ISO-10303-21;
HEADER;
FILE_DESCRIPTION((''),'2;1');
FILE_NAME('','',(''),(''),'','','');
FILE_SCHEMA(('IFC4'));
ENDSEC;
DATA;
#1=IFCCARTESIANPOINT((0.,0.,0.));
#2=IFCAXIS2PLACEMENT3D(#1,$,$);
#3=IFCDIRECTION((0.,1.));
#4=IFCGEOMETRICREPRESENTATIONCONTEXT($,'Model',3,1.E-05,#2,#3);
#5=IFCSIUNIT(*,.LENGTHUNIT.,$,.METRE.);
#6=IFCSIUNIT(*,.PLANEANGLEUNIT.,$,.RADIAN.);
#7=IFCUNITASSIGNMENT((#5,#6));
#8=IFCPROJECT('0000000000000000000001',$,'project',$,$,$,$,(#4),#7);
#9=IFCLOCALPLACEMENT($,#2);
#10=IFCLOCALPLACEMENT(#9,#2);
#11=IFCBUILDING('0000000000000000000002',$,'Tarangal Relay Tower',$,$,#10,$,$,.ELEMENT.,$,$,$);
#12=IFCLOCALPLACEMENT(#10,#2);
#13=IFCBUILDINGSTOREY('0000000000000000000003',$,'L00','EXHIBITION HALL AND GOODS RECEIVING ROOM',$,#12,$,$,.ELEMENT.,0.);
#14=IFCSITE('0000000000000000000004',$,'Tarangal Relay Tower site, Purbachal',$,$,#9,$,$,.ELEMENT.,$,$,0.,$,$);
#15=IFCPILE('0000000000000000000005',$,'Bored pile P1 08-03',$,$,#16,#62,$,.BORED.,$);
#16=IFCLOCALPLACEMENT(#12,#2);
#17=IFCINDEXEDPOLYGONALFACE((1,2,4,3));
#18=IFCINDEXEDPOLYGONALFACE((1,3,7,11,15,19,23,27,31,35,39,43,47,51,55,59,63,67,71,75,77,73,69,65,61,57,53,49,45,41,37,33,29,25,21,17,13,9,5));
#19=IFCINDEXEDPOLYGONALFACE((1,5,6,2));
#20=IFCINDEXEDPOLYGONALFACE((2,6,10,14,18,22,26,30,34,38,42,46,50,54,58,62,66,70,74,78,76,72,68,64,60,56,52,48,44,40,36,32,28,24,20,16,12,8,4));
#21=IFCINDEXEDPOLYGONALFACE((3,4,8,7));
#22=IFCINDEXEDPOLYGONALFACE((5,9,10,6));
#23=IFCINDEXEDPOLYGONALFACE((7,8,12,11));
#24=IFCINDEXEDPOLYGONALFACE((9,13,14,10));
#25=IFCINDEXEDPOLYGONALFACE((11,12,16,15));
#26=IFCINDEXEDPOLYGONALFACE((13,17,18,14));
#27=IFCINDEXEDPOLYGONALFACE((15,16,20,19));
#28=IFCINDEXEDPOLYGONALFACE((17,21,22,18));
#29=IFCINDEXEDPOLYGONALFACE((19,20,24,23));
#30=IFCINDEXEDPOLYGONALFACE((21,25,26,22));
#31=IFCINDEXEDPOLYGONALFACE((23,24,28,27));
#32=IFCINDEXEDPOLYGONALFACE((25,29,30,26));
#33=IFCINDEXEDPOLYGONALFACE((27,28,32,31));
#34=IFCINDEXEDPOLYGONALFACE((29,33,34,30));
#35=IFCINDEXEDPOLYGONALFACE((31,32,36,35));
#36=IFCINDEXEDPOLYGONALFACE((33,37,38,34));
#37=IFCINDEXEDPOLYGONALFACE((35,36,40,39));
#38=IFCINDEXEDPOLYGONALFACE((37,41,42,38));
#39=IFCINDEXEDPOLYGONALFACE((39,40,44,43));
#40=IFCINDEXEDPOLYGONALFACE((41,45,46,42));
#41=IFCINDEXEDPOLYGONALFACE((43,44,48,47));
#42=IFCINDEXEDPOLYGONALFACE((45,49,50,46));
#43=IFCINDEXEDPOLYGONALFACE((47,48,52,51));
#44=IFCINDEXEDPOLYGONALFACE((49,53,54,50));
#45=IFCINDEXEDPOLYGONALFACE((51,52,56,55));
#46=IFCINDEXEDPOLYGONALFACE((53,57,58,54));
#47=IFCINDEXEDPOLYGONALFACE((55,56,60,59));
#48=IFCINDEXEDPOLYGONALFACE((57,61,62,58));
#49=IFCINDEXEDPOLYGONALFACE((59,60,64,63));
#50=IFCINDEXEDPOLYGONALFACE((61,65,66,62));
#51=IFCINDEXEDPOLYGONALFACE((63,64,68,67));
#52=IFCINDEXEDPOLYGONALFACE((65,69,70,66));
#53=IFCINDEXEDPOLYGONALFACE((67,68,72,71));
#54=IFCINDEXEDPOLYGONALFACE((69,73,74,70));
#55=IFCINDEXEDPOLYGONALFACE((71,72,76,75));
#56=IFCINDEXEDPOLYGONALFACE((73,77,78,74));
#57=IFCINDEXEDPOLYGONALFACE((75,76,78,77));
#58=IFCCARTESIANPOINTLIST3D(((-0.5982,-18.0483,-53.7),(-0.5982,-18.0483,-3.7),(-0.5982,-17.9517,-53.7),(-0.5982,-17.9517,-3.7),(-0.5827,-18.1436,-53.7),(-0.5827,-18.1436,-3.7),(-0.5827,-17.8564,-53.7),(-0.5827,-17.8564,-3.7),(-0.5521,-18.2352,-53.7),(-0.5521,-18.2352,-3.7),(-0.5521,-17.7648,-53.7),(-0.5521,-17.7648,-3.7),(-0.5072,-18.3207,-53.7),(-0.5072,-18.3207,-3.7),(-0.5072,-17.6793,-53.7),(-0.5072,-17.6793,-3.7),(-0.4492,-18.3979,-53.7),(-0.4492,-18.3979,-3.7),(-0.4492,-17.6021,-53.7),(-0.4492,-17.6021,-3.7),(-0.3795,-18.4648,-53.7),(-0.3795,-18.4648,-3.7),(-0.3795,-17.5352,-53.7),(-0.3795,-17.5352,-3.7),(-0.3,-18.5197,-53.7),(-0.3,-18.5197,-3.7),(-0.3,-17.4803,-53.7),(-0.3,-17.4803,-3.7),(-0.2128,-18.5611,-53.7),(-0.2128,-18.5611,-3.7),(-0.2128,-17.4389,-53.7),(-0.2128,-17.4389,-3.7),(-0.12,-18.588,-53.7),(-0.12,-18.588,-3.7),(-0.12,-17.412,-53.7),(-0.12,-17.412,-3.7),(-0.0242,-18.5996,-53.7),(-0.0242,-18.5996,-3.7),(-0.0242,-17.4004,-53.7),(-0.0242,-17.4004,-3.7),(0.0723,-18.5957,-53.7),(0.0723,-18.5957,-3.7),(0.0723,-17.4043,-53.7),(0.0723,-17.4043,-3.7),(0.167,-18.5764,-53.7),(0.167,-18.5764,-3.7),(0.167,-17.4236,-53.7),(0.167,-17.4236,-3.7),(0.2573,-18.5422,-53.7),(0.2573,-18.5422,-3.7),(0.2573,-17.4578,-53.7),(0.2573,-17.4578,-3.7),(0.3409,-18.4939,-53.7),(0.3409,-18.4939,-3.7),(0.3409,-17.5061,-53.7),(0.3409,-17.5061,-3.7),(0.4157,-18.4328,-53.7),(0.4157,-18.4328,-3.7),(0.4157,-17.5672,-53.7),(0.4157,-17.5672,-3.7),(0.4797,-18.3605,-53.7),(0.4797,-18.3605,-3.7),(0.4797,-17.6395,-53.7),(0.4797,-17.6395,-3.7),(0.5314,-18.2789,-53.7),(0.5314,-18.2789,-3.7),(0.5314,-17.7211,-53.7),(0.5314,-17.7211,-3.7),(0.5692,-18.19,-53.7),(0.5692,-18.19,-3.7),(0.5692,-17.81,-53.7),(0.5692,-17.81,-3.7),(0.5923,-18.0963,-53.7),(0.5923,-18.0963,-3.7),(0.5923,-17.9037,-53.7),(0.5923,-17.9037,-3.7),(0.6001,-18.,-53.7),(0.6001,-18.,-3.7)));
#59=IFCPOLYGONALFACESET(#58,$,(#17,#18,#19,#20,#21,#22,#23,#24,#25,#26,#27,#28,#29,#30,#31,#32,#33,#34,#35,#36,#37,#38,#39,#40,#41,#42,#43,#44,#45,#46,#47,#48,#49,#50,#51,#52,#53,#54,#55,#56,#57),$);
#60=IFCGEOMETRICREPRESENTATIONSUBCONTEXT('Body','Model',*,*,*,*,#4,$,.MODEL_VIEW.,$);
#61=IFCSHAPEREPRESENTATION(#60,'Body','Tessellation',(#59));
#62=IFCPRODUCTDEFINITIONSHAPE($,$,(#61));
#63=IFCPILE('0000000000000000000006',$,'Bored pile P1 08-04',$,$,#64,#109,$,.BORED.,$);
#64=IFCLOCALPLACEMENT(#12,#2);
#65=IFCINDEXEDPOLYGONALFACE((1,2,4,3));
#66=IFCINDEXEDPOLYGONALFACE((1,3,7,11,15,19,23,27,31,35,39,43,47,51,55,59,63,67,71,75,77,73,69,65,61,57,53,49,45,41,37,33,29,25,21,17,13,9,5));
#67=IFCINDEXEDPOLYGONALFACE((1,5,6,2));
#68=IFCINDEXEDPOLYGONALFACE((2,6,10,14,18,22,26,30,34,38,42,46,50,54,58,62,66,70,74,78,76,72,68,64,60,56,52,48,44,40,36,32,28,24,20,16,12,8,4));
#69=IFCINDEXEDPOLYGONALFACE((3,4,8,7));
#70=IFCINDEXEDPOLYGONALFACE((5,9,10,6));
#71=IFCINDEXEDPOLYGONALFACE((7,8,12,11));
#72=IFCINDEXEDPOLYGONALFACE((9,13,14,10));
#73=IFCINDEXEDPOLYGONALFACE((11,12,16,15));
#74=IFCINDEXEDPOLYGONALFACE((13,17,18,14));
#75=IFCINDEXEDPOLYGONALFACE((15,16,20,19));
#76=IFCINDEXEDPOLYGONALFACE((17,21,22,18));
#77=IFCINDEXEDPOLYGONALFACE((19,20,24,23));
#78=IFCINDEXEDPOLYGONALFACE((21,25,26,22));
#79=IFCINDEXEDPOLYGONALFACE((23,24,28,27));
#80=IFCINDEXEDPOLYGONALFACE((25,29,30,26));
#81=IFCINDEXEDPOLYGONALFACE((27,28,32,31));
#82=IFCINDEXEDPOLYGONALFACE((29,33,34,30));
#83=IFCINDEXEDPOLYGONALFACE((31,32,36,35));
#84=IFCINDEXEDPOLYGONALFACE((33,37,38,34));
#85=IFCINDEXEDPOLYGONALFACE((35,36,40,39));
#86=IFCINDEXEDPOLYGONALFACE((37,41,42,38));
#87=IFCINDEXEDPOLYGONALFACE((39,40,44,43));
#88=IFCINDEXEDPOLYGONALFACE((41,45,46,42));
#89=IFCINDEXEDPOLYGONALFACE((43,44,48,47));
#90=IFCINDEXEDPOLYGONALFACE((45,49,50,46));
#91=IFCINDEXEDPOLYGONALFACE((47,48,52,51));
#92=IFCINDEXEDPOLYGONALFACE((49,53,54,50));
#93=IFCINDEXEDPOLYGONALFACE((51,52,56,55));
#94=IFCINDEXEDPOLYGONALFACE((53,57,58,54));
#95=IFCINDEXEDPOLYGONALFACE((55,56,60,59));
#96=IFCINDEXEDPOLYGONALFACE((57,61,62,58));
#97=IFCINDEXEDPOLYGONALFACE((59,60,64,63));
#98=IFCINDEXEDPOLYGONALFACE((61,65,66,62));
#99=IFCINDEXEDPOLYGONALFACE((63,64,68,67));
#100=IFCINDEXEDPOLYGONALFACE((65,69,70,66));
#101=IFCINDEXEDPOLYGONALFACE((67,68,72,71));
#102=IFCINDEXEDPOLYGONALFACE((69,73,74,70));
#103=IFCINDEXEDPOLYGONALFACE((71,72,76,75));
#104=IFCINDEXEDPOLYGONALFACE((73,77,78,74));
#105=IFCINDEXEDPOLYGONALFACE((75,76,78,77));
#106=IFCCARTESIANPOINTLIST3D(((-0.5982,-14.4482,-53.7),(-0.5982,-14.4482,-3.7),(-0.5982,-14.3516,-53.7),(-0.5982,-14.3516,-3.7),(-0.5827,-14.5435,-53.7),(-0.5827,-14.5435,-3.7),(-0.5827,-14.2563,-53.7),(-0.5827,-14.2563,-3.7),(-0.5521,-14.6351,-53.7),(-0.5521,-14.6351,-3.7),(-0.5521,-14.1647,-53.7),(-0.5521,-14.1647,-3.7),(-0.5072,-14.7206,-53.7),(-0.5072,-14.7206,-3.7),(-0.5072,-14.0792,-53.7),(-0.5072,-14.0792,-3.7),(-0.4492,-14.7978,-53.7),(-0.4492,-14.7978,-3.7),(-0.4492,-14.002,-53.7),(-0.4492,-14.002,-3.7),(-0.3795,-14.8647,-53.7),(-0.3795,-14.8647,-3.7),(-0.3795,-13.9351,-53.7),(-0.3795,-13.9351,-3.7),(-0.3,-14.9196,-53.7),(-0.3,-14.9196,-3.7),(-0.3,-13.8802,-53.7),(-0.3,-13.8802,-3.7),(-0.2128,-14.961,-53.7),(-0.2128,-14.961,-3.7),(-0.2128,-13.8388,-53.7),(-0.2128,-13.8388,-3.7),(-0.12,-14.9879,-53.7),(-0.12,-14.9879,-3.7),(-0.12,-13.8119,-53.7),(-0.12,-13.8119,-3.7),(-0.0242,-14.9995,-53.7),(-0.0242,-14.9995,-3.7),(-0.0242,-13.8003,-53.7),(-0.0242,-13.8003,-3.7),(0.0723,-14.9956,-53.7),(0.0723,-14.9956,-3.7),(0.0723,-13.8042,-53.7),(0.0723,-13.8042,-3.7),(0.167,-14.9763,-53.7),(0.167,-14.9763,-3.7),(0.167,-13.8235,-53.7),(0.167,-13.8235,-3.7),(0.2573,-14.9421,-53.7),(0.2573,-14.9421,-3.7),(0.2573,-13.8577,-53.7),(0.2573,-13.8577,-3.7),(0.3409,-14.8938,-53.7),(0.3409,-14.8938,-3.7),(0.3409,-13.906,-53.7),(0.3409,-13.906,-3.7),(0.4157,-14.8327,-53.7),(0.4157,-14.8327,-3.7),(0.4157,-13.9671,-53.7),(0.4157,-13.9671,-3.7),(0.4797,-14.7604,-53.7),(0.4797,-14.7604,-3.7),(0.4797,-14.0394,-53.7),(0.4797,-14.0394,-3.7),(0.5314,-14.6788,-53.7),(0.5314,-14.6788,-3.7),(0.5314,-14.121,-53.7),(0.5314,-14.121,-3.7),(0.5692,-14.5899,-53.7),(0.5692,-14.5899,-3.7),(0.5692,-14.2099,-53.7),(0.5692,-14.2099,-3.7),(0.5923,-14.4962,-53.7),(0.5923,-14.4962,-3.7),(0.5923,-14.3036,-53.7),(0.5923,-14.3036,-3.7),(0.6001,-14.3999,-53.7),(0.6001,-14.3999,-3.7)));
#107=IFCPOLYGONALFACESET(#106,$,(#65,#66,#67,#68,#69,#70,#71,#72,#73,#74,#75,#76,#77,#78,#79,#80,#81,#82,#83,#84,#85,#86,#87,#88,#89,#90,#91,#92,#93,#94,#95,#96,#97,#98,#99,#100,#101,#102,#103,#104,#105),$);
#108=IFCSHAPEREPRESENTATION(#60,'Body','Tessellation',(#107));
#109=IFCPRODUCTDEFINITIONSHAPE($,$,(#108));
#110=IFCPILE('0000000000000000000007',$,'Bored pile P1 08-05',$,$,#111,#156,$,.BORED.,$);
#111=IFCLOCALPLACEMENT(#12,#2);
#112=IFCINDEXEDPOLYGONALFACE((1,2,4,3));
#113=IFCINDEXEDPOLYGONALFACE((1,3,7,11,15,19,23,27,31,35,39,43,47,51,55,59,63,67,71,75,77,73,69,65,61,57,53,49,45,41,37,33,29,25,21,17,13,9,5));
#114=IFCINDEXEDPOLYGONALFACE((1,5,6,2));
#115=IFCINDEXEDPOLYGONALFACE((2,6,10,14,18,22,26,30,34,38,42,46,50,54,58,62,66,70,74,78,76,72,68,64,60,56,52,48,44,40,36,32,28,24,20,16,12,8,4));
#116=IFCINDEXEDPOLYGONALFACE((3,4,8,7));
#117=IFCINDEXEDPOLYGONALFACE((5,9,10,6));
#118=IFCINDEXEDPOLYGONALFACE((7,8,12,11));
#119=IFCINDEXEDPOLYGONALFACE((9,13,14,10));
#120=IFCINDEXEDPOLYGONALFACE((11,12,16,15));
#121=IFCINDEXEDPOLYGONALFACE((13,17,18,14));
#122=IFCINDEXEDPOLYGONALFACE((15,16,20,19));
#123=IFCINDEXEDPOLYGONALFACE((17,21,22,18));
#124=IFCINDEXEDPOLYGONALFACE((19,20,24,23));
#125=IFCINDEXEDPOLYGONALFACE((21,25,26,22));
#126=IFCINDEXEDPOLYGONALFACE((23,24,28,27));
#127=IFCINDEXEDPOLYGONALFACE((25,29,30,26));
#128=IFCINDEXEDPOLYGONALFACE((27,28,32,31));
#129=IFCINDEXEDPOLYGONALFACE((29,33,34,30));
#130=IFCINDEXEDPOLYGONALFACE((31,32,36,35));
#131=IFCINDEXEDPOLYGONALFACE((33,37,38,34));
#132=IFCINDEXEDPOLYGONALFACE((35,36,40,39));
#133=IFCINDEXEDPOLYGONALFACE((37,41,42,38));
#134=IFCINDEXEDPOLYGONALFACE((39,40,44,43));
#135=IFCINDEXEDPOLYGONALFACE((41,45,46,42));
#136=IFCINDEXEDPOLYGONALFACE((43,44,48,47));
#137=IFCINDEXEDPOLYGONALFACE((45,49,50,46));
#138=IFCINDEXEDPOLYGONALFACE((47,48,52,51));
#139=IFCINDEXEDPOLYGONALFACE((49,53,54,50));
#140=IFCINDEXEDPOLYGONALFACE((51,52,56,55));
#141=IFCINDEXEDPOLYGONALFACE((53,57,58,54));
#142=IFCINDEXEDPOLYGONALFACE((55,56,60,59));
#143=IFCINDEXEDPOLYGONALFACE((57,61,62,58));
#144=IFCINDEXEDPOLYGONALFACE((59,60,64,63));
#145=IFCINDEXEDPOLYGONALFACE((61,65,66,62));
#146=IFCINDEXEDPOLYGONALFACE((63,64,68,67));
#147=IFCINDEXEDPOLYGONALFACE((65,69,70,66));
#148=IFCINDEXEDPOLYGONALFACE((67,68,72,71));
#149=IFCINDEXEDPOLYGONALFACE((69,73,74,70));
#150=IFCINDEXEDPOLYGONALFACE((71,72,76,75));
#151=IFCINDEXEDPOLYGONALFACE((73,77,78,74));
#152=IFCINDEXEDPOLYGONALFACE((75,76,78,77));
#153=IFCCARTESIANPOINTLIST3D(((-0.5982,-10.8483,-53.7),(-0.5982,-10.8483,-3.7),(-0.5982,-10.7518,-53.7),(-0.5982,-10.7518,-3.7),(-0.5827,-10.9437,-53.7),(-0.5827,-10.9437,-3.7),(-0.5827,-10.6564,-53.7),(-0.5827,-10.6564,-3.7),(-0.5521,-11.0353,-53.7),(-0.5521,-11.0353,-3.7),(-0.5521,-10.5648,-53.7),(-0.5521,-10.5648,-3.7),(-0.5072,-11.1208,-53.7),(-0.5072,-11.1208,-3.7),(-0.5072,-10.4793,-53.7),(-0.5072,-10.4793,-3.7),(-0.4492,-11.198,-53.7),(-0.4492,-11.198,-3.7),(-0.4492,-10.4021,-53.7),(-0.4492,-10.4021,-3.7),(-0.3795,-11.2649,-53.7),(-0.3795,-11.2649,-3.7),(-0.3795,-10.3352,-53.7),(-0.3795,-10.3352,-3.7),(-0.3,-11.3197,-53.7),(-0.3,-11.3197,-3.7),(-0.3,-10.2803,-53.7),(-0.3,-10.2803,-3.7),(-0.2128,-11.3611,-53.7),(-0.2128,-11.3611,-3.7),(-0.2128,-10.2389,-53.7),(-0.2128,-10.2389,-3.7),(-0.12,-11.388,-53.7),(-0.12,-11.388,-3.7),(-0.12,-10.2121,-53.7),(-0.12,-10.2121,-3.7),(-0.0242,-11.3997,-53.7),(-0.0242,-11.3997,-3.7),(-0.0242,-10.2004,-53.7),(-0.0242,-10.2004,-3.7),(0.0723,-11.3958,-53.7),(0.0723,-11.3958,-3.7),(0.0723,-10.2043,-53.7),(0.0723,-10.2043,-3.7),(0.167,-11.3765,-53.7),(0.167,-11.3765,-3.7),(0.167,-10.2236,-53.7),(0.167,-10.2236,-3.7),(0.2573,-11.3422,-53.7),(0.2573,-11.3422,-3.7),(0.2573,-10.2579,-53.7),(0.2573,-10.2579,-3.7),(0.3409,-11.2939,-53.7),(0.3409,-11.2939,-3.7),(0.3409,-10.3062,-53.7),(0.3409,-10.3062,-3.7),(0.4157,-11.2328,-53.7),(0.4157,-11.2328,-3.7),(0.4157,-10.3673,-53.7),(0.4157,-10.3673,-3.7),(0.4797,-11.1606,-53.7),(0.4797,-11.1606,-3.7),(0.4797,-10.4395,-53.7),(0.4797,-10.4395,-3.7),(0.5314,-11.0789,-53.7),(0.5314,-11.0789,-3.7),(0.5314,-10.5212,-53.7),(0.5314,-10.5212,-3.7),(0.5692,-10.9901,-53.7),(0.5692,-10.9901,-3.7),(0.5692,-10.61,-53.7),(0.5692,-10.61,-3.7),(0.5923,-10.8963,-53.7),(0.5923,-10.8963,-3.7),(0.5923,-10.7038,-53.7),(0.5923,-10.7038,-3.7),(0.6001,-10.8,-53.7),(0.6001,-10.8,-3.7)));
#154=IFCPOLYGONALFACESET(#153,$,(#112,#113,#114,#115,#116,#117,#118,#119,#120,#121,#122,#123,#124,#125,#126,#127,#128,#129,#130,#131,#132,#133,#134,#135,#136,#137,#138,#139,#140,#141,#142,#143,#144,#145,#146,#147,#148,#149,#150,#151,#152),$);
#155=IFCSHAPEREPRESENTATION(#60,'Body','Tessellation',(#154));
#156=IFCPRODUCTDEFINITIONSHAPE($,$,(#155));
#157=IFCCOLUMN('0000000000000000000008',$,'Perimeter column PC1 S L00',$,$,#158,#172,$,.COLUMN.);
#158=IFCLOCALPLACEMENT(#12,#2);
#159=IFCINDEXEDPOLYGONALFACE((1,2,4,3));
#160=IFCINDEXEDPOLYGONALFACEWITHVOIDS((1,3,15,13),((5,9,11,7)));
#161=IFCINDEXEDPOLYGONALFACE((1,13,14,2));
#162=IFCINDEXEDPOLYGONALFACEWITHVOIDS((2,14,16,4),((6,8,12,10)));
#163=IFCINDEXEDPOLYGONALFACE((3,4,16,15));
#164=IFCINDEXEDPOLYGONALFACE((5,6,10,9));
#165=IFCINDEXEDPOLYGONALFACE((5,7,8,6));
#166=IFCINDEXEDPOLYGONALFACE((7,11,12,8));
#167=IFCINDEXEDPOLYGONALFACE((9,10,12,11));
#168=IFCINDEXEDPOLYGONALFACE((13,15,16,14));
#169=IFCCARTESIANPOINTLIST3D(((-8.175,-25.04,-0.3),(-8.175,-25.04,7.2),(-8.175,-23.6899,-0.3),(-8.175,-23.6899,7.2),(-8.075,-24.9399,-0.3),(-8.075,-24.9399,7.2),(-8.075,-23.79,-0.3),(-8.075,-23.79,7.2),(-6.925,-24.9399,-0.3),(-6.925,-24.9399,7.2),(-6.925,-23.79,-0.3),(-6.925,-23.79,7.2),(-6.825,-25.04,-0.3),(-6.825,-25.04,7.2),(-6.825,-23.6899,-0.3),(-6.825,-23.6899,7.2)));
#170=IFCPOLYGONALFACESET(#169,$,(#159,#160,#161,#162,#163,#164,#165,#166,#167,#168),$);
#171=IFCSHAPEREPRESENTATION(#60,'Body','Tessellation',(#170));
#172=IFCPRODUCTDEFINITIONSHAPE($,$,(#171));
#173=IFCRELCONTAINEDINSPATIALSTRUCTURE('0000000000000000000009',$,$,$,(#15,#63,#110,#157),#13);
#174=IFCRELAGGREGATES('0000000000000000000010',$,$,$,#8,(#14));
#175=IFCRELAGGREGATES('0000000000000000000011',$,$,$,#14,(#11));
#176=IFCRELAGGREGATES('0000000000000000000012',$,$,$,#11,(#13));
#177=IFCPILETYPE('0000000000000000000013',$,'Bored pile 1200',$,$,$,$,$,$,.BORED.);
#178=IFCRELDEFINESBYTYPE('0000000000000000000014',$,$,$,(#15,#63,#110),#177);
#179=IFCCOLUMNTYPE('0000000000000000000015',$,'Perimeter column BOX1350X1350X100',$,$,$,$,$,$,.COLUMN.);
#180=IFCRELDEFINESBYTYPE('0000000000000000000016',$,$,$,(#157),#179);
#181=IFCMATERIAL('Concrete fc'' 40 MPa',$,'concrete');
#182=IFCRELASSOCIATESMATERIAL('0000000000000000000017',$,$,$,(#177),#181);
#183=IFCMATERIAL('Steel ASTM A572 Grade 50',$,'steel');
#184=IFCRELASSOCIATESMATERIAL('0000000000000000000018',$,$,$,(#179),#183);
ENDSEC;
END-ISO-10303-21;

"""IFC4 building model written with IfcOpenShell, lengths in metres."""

from ifc_helpers import new_model, si_unit, direction, frame, origin, origin_2d, place, context, subcontext, project, spatial, hollow_rectangle, circle, extrude, material, material_profile, profile_set, type_object, element, save


model = new_model("IFC4")

# Units and contexts
model_context = context("Model", 3, precision=1e-05, world=origin(), true_north=direction((0.0, 1.0)))
body_context = subcontext(model_context, "Body", "Model", "MODEL_VIEW")
ifc_project = project(units=[si_unit("LENGTHUNIT", "METRE"), si_unit("PLANEANGLEUNIT", "RADIAN")], contexts=[model_context])

# Site, building, storey
site_placement = place(None, origin())
site = spatial("IfcSite", under=ifc_project, at=site_placement, Name="Tarangal Relay Tower site, Purbachal", CompositionType="ELEMENT", RefElevation=0.0)
building_placement = place(site_placement, origin())
building = spatial("IfcBuilding", under=site, at=building_placement, Name="Tarangal Relay Tower", CompositionType="ELEMENT")
storey_placement = place(building_placement, origin())
storey = spatial("IfcBuildingStorey", under=building, at=storey_placement, Name="L00", Description="EXHIBITION HALL AND GOODS RECEIVING ROOM", CompositionType="ELEMENT", Elevation=0.0)

# Piles
ifc_material_1 = material(Name="Concrete fc' 40 MPa", Category="concrete")
ifc_material_profile_1 = material_profile(ifc_material_1, circle(Radius=0.6001, at=origin_2d()), Name="D1200")
ifc_profile_set_1 = profile_set([ifc_material_profile_1], Name="Concrete fc' 40 MPa")
pile_type = type_object("IfcPileType", Name="Bored pile 1200", PredefinedType="BORED", material=ifc_profile_set_1)
for number, where, z_axis, x_axis, name in (
    (1, (0.0, -18.0, -3.7), (0.0, 0.0, -1.0), (1.0, 0.0, 0.0), "Bored pile P1 08-03"),
    (2, (0.0, -14.3999, -3.7), (0.0, 0.0, -1.0), (1.0, 0.0, 0.0), "Bored pile P1 08-04"),
    (3, (0.0, -10.8, -3.7), (0.0, 0.0, -1.0), (1.0, 0.0, 0.0), "Bored pile P1 08-05"),
):
    element("IfcPile", number, at=place(storey_placement, frame(where, z_axis=z_axis, x_axis=x_axis)), inside=storey, type_object=pile_type, Name=name, PredefinedType="BORED", context=body_context, shape_type="SweptSolid", body=[
        extrude(circle(Radius=0.6001, at=origin_2d()), origin(), (0.0, 0.0, 1.0), 50.0),
    ])

# Column
ifc_material_2 = material(Name="Steel ASTM A572 Grade 50", Category="steel")
ifc_material_profile_2 = material_profile(ifc_material_2, hollow_rectangle(XDim=1.3501, YDim=1.3501, WallThickness=0.1001, at=origin_2d()), Name="BOX1350X1350X100")
ifc_profile_set_2 = profile_set([ifc_material_profile_2], Name="Steel ASTM A572 Grade 50")
column_type = type_object("IfcColumnType", Name="Perimeter column BOX1350X1350X100", PredefinedType="COLUMN", material=ifc_profile_set_2)
column_placement = place(storey_placement, frame((-7.5, -24.365, -0.3), z_axis=(0.0, 0.0, 1.0), x_axis=(1.0, 0.0, 0.0)))
element("IfcColumn", 4, at=column_placement, inside=storey, type_object=column_type, Name="Perimeter column PC1 S L00", PredefinedType="COLUMN", context=body_context, shape_type="SweptSolid", body=[
    extrude(hollow_rectangle(XDim=1.3501, YDim=1.3501, WallThickness=0.1001, at=origin_2d()), origin(), (0.0, 0.0, 1.0), 7.5),
])

save(model, "model.ifc")
